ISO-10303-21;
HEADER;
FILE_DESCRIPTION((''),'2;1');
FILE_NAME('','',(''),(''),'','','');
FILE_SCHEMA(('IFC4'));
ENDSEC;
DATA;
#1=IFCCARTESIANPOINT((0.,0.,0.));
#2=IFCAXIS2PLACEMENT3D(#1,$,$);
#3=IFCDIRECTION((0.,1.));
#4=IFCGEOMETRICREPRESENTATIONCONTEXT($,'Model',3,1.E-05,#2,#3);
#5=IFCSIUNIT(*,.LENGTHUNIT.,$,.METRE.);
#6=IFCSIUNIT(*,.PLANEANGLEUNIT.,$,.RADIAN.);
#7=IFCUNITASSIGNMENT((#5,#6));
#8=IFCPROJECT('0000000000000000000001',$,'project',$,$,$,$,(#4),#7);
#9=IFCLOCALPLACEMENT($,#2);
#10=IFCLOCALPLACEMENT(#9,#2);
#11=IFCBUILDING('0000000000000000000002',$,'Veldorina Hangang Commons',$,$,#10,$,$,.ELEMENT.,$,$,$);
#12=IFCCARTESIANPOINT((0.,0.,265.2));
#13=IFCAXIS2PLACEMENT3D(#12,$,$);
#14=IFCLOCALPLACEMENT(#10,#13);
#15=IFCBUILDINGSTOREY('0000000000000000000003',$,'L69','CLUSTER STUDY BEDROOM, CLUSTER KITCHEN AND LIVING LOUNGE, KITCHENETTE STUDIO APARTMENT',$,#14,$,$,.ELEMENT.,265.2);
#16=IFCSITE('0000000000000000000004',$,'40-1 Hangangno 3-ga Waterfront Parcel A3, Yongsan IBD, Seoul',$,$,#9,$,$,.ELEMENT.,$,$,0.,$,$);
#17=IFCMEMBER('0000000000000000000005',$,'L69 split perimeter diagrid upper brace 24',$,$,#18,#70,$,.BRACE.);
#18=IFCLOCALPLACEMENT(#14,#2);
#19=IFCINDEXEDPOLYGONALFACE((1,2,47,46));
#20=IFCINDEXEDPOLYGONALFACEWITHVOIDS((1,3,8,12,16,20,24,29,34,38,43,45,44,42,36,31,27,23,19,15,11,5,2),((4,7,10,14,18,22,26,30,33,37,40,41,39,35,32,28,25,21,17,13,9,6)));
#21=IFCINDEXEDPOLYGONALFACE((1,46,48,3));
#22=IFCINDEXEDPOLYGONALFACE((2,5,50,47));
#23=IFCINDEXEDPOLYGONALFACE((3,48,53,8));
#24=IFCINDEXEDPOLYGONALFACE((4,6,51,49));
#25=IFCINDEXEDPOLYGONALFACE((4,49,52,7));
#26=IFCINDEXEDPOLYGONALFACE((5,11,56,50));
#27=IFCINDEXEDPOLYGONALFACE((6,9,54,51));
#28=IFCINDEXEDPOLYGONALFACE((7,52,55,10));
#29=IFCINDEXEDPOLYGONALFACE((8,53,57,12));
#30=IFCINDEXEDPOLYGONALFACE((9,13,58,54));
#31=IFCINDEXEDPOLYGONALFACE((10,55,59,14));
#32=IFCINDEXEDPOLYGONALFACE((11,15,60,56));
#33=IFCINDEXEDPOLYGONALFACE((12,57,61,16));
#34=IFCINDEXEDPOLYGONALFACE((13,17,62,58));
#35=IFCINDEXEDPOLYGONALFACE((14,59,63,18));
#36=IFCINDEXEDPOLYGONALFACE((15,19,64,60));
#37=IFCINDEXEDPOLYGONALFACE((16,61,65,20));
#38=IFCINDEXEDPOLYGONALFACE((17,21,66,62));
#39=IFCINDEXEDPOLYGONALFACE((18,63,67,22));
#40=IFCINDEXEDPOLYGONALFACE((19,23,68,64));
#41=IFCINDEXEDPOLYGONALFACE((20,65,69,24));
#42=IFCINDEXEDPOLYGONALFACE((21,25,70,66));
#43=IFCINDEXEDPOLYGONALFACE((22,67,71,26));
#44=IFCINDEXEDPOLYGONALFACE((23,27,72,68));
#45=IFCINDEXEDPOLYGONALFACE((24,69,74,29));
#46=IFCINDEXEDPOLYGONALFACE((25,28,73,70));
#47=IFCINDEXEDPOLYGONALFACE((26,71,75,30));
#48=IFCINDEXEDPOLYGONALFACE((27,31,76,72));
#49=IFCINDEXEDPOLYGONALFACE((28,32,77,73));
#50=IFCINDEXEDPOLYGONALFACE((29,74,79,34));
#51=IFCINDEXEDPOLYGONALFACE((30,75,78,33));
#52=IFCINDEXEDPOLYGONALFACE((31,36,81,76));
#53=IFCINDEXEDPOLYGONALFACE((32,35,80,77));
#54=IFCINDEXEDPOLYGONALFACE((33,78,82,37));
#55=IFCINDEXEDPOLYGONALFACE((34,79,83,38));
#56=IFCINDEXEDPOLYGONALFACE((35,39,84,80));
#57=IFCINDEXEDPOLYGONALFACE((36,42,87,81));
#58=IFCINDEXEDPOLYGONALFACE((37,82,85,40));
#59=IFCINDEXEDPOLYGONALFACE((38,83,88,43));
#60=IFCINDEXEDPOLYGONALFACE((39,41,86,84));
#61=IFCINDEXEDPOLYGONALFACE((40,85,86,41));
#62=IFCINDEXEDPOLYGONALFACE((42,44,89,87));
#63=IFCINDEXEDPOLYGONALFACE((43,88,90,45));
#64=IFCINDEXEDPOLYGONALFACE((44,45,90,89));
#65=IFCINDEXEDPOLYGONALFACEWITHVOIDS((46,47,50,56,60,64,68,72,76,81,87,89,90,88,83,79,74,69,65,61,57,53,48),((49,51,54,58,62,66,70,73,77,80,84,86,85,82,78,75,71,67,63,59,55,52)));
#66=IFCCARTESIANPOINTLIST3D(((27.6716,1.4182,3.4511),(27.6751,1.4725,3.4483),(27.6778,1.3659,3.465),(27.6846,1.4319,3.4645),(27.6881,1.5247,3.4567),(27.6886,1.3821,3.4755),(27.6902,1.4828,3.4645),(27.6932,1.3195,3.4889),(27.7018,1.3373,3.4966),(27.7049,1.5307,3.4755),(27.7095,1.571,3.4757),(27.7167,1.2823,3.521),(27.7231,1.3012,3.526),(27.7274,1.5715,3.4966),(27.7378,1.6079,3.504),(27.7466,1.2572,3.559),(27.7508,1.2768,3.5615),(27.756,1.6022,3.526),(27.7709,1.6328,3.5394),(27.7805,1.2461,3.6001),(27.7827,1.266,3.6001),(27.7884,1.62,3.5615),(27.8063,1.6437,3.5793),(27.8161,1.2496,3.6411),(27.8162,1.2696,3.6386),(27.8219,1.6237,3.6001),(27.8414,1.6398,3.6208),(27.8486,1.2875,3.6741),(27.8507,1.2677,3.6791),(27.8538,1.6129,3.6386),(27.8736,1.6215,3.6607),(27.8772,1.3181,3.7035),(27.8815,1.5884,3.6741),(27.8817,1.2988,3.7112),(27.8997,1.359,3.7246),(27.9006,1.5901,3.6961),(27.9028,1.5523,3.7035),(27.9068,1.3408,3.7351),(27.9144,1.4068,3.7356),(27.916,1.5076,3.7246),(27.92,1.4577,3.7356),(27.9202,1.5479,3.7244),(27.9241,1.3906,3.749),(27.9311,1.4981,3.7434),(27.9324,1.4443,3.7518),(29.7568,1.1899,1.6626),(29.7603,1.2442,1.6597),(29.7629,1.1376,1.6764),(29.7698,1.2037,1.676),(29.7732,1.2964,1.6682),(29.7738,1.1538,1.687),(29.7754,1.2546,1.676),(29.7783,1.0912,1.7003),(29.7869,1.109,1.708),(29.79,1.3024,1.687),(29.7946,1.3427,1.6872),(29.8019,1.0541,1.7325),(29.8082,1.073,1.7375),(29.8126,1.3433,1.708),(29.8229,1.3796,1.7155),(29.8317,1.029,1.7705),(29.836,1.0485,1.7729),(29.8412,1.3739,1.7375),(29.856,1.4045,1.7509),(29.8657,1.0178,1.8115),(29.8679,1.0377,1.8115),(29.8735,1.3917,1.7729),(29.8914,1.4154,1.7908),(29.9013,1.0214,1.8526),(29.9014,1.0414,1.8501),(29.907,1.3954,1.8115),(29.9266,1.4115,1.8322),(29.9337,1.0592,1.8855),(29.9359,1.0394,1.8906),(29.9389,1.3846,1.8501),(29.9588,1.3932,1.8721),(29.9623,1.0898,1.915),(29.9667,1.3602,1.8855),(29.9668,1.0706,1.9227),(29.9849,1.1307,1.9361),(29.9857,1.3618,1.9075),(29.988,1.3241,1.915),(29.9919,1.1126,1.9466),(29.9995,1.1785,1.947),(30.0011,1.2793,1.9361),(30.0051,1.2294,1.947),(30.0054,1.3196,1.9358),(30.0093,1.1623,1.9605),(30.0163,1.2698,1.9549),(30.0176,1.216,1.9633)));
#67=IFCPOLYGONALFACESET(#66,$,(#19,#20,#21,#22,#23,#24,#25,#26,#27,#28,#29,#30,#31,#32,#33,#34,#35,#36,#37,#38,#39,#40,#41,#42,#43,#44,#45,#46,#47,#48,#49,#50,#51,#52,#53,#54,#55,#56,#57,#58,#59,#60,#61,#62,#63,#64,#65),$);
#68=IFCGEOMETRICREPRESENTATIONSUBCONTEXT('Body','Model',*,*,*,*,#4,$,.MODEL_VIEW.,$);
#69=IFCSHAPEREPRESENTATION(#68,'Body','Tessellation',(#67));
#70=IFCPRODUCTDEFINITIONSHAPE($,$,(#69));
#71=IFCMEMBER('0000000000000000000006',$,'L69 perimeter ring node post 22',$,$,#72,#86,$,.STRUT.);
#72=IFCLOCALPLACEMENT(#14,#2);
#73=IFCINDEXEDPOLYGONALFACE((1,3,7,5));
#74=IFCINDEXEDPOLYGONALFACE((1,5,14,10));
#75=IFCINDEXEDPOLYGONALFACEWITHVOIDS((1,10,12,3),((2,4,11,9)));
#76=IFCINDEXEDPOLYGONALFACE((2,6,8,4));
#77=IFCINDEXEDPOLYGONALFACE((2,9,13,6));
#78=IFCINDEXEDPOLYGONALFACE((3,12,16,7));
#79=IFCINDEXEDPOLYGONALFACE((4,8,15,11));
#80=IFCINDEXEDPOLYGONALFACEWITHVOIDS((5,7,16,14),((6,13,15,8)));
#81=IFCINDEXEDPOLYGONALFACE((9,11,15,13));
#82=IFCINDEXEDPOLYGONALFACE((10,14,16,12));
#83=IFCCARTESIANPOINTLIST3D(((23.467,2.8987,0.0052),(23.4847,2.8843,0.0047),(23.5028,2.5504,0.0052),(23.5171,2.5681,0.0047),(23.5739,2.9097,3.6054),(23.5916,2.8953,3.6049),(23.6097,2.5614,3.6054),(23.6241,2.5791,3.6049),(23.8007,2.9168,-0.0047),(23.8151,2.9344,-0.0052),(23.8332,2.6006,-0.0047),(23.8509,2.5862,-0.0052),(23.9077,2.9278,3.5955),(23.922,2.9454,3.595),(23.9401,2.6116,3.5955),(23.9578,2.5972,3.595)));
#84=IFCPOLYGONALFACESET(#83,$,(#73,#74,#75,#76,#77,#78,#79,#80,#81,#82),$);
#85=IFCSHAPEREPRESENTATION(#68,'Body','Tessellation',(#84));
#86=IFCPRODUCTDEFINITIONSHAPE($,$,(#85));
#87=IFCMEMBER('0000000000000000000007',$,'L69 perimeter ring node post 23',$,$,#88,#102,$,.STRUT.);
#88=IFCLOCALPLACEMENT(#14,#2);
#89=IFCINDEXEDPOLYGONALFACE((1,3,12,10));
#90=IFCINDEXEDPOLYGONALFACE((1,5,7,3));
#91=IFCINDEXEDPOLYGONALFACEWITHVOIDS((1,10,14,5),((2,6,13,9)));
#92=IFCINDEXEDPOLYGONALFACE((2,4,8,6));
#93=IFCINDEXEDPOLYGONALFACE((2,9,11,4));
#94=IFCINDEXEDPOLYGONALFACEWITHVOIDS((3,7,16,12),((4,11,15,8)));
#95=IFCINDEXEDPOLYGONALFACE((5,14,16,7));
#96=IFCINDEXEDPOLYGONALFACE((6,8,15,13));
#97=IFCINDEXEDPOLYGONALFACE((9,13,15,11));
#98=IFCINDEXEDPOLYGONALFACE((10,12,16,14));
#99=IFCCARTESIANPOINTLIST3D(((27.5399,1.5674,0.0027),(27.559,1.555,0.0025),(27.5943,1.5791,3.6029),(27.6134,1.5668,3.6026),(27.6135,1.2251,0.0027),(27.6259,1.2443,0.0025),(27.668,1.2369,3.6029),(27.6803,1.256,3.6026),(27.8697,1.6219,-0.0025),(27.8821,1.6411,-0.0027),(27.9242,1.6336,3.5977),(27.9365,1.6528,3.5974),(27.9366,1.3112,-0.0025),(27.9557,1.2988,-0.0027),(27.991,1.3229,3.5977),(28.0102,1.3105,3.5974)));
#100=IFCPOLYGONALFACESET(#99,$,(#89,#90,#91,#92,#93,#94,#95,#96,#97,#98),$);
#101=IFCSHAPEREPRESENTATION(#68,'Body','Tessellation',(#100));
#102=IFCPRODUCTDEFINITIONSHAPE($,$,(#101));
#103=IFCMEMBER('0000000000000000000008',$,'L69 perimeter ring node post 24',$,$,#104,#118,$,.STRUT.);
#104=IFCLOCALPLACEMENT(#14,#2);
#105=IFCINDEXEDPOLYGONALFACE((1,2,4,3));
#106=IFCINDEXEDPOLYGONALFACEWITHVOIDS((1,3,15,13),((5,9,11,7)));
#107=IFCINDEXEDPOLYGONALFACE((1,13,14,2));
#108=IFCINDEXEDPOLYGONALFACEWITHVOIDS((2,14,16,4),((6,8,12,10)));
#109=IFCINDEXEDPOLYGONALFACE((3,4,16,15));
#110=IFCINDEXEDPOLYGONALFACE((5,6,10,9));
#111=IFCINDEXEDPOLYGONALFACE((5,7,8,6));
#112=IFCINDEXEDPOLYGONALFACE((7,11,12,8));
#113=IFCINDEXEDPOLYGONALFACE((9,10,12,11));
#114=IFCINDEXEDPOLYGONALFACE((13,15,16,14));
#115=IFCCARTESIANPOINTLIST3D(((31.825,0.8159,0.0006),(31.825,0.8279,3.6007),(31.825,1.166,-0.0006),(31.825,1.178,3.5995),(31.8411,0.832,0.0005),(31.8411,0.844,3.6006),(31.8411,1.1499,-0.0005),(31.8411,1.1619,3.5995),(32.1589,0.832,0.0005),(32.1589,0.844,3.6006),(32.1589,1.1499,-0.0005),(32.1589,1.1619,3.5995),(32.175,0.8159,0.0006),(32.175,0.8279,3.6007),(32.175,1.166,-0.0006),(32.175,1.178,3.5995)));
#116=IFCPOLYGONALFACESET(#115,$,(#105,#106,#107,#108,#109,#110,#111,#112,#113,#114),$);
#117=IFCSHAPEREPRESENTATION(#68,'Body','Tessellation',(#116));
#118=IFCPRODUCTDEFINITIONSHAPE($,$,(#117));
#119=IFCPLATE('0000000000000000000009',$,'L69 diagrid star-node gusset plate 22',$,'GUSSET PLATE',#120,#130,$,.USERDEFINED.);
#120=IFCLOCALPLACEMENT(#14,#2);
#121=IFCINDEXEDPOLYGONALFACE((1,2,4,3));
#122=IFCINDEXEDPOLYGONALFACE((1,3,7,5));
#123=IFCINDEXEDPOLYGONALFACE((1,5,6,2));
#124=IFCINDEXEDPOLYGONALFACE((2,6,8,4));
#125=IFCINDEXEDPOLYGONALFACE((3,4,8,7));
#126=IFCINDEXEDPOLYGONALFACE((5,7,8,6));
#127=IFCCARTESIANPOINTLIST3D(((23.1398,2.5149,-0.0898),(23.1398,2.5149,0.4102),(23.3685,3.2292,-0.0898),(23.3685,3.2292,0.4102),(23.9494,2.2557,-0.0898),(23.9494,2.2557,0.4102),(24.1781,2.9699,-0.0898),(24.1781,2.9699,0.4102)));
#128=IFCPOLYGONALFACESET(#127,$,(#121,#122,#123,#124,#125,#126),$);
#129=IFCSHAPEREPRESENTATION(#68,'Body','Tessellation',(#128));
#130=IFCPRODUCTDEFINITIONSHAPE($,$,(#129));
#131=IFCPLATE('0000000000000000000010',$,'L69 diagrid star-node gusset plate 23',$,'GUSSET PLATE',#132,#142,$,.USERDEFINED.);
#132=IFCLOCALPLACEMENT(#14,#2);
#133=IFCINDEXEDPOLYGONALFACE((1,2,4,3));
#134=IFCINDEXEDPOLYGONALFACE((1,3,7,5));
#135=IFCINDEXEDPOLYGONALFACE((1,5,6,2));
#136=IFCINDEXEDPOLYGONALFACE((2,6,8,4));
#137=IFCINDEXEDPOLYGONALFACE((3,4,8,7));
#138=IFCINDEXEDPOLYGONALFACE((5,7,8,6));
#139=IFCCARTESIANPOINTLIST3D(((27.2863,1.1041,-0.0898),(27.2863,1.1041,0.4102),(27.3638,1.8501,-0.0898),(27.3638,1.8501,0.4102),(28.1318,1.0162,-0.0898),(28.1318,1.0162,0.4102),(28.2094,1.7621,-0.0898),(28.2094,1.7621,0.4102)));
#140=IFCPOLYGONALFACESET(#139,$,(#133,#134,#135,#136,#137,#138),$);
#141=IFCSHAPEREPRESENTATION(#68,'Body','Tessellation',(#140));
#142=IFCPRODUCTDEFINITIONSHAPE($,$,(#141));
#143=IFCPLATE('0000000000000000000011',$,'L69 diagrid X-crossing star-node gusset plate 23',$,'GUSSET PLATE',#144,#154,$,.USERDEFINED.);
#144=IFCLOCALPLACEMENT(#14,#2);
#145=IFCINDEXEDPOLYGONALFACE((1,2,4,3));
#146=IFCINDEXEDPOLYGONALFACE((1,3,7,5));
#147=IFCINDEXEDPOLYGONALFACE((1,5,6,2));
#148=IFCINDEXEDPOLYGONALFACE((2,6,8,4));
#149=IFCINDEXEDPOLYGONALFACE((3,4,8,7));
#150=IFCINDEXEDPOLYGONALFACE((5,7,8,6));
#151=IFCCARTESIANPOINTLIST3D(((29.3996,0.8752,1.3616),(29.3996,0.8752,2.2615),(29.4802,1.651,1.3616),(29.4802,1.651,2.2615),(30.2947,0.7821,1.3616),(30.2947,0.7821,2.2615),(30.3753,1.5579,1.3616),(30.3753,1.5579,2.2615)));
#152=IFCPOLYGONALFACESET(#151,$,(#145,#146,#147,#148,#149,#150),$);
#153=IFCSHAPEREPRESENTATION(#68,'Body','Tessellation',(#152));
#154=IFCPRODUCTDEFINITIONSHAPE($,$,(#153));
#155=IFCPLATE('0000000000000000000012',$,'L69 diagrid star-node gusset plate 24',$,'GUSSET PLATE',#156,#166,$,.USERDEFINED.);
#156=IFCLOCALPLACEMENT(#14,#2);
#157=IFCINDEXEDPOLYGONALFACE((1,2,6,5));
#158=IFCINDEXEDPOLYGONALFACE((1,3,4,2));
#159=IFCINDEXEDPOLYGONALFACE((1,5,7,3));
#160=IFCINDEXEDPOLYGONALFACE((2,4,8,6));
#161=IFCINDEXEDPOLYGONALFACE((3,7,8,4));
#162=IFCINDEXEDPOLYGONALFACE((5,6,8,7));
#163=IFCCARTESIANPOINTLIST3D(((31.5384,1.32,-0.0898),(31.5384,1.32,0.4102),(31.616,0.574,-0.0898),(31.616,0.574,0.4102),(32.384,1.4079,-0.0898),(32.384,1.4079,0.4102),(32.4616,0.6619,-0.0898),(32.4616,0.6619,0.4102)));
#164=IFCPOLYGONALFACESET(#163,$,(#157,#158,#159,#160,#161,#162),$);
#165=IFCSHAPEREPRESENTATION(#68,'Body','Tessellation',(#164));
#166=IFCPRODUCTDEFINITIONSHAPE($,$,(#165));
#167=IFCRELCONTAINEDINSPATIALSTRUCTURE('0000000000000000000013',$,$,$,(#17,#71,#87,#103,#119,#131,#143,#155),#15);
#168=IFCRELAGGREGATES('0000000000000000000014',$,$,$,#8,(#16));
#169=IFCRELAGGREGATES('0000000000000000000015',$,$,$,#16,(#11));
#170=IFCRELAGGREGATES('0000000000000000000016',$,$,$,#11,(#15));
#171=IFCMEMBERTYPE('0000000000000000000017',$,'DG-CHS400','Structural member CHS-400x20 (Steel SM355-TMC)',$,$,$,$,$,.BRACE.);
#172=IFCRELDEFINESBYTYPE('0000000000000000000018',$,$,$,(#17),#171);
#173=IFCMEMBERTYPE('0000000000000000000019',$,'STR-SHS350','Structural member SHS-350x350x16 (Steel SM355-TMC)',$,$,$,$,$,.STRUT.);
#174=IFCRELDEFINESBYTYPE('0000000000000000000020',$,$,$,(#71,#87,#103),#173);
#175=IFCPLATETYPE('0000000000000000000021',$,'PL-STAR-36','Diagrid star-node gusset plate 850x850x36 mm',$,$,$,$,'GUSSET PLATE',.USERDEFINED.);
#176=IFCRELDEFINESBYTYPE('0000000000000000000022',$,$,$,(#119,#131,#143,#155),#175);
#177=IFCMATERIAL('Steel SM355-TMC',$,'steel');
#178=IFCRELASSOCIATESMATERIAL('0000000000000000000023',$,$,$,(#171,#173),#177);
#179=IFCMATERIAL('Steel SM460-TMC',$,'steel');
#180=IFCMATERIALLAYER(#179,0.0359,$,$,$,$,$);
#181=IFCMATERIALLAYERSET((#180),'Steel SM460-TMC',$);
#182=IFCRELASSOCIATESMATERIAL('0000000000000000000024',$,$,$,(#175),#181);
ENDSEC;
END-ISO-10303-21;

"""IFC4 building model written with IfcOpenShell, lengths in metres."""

from ifc_helpers import new_model, si_unit, direction, frame, origin, origin_2d, place, context, subcontext, project, spatial, rectangle, hollow_rectangle, hollow_circle, extrude, material, layer, layer_set, material_profile, profile_set, type_object, element, save


model = new_model("IFC4")

# Units and contexts
model_context = context("Model", 3, precision=1e-05, world=origin(), true_north=direction((0.0, 1.0)))
body_context = subcontext(model_context, "Body", "Model", "MODEL_VIEW")
ifc_project = project(units=[si_unit("LENGTHUNIT", "METRE"), si_unit("PLANEANGLEUNIT", "RADIAN")], contexts=[model_context])

# Site, building, storey
site_placement = place(None, origin())
site = spatial("IfcSite", under=ifc_project, at=site_placement, Name="40-1 Hangangno 3-ga Waterfront Parcel A3, Yongsan IBD, Seoul", CompositionType="ELEMENT", RefElevation=0.0)
building_placement = place(site_placement, origin())
building = spatial("IfcBuilding", under=site, at=building_placement, Name="Veldorina Hangang Commons", CompositionType="ELEMENT")
storey_placement = place(building_placement, frame((0.0, 0.0, 265.2)))
storey = spatial("IfcBuildingStorey", under=building, at=storey_placement, Name="L69", Description="CLUSTER STUDY BEDROOM, CLUSTER KITCHEN AND LIVING LOUNGE, KITCHENETTE STUDIO APARTMENT", CompositionType="ELEMENT", Elevation=265.2)

# Shared definitions
ifc_material_1 = material(Name="Steel SM355-TMC", Category="steel")

# Members
ifc_material_profile_1 = material_profile(ifc_material_1, hollow_circle(Radius=0.2, WallThickness=0.02, at=origin_2d()), Name="CHS-400x20")
ifc_profile_set_1 = profile_set([ifc_material_profile_1], Name="Steel SM355-TMC")
member_type_1 = type_object("IfcMemberType", Name="DG-CHS400", Description="Structural member CHS-400x20 (Steel SM355-TMC)", PredefinedType="BRACE", material=ifc_profile_set_1)
member_1_placement = place(storey_placement, frame((29.8875, 1.2166, 1.8115), z_axis=(-0.756424, 0.082807, 0.648819), x_axis=(-0.108822, -0.994061, 0.0)))
element("IfcMember", 1, at=member_1_placement, inside=storey, type_object=member_type_1, Name="L69 split perimeter diagrid upper brace 24", PredefinedType="BRACE", context=body_context, shape_type="SweptSolid", body=[
    extrude(hollow_circle(Radius=0.2, WallThickness=0.02, at=origin_2d()), origin(), (0.0, 0.0, 1.0), 2.7566),
])
ifc_material_profile_2 = material_profile(ifc_material_1, hollow_rectangle(XDim=0.3501, YDim=0.3501, WallThickness=0.0161, at=origin_2d()), Name="SHS-350x350x16")
ifc_profile_set_2 = profile_set([ifc_material_profile_2], Name="Steel SM355-TMC")
member_type_2 = type_object("IfcMemberType", Name="STR-SHS350", Description="Structural member SHS-350x350x16 (Steel SM355-TMC)", PredefinedType="STRUT", material=ifc_profile_set_2)
member_2_placement = place(storey_placement, frame((23.6589, 2.7424, 0.0), z_axis=(0.02969, 0.00305, 0.999555), x_axis=(-0.102202, 0.994764, 0.0)))
element("IfcMember", 2, at=member_2_placement, inside=storey, type_object=member_type_2, Name="L69 perimeter ring node post 22", PredefinedType="STRUT", context=body_context, shape_type="SweptSolid", body=[
    extrude(hollow_rectangle(XDim=0.3501, YDim=0.3501, WallThickness=0.0161, at=origin_2d()), origin(), (0.0, 0.0, 1.0), 3.6018),
])
member_3_placement = place(storey_placement, frame((27.7478, 1.4331, 0.0), z_axis=(0.015121, 0.003255, 0.99988), x_axis=(-0.210427, 0.97761, 0.0)))
element("IfcMember", 3, at=member_3_placement, inside=storey, type_object=member_type_2, Name="L69 perimeter ring node post 23", PredefinedType="STRUT", context=body_context, shape_type="SweptSolid", body=[
    extrude(hollow_rectangle(XDim=0.3501, YDim=0.3501, WallThickness=0.0161, at=origin_2d()), origin(), (0.0, 0.0, 1.0), 3.6006),
])
member_4_placement = place(storey_placement, frame((32.0, 0.991, 0.0), z_axis=(0.0, 0.003323, 0.999994), x_axis=(-1.0, 0.0, 0.0)))
element("IfcMember", 4, at=member_4_placement, inside=storey, type_object=member_type_2, Name="L69 perimeter ring node post 24", PredefinedType="STRUT", context=body_context, shape_type="SweptSolid", body=[
    extrude(hollow_rectangle(XDim=0.3501, YDim=0.3501, WallThickness=0.0161, at=origin_2d()), origin(), (0.0, 0.0, 1.0), 3.6001),
])

# Plates
ifc_material_2 = material(Name="Steel SM460-TMC", Category="steel")
ifc_layer_1 = layer(ifc_material_2, 0.0359)
ifc_layer_set_1 = layer_set([ifc_layer_1], Name="Steel SM460-TMC")
plate_type = type_object("IfcPlateType", Name="PL-STAR-36", Description="Diagrid star-node gusset plate 850x850x36 mm", ElementType="GUSSET PLATE", PredefinedType="USERDEFINED", material=ifc_layer_set_1)
for number, where, z_axis, x_axis, name in (
    (5, (23.6589, 2.7424, -0.0898), (0.0, 0.0, 1.0), (0.952359, -0.304981, 0.0), "L69 diagrid star-node gusset plate 22"),
    (6, (27.7478, 1.4331, -0.0898), (0.0, 0.0, 1.0), (0.994638, -0.103418, 0.0), "L69 diagrid star-node gusset plate 23"),
):
    element("IfcPlate", number, at=place(storey_placement, frame(where, z_axis=z_axis, x_axis=x_axis)), inside=storey, type_object=plate_type, Name=name, ObjectType="GUSSET PLATE", PredefinedType="USERDEFINED", context=body_context, shape_type="SweptSolid", body=[
        extrude(rectangle(XDim=0.8501, YDim=0.75, at=origin_2d()), origin(), (0.0, 0.0, 1.0), 0.5),
    ])
plate_1_placement = place(storey_placement, frame((29.8875, 1.2166, 1.3616), z_axis=(0.0, 0.0, 1.0), x_axis=(0.994638, -0.103418, 0.0)))
element("IfcPlate", 7, at=plate_1_placement, inside=storey, type_object=plate_type, Name="L69 diagrid X-crossing star-node gusset plate 23", ObjectType="GUSSET PLATE", PredefinedType="USERDEFINED", context=body_context, shape_type="SweptSolid", body=[
    extrude(rectangle(XDim=0.8999, YDim=0.78, at=origin_2d()), origin(), (0.0, 0.0, 1.0), 0.8999),
])
plate_2_placement = place(storey_placement, frame((32.0, 0.991, -0.0898), z_axis=(0.0, 0.0, 1.0), x_axis=(0.994638, 0.103418, 0.0)))
element("IfcPlate", 8, at=plate_2_placement, inside=storey, type_object=plate_type, Name="L69 diagrid star-node gusset plate 24", ObjectType="GUSSET PLATE", PredefinedType="USERDEFINED", context=body_context, shape_type="SweptSolid", body=[
    extrude(rectangle(XDim=0.8501, YDim=0.75, at=origin_2d()), origin(), (0.0, 0.0, 1.0), 0.5),
])

save(model, "model.ifc")
